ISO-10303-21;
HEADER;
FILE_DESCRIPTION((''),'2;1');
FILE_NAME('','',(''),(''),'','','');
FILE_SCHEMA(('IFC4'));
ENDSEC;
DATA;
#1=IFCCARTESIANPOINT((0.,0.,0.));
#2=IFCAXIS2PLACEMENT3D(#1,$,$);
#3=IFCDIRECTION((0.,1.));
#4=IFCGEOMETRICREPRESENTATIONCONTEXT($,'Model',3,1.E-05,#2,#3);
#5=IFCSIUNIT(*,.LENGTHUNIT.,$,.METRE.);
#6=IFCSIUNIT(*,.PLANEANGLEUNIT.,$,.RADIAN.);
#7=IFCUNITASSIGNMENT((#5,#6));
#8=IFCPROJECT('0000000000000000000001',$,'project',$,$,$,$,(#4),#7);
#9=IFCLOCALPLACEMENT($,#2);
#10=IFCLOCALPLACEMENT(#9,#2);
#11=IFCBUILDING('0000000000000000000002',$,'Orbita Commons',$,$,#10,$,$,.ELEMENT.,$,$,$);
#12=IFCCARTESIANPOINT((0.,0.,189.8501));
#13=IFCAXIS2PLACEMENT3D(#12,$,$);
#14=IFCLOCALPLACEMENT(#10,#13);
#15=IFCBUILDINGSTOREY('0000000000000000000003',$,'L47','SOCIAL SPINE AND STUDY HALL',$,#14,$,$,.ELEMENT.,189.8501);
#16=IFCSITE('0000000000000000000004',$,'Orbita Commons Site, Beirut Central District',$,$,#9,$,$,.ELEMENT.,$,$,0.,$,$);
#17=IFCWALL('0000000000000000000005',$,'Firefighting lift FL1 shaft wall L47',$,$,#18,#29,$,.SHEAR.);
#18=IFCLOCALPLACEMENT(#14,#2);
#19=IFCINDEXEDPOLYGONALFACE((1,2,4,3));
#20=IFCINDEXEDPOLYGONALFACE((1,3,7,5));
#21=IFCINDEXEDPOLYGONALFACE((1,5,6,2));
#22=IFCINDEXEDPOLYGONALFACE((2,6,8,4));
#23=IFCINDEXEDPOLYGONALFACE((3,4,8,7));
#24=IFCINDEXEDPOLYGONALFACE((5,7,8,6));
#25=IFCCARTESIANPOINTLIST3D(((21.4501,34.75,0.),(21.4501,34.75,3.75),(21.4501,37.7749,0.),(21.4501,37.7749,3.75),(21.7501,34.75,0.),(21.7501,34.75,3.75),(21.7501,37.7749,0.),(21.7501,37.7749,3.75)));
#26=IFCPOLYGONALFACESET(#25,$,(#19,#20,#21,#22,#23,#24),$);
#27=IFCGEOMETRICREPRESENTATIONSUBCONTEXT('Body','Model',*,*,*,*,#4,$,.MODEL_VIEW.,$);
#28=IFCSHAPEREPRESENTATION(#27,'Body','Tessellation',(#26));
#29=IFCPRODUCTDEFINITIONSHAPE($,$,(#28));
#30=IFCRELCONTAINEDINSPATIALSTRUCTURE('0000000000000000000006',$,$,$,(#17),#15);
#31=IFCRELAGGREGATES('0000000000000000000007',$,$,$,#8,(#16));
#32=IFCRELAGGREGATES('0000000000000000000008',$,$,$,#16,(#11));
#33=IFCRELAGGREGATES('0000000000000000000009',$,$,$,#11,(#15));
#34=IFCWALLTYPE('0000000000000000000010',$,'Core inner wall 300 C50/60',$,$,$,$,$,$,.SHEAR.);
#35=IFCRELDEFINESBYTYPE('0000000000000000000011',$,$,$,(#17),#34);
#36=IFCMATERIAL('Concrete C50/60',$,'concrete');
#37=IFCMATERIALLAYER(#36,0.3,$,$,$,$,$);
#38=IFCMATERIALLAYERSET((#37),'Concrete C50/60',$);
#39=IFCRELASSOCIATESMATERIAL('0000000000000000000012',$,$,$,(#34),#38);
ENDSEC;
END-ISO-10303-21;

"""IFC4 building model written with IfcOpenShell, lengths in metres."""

from ifc_helpers import new_model, si_unit, direction, frame, frame_2d, origin, place, context, subcontext, project, spatial, rectangle, extrude, material, layer, layer_set, type_object, element, save


model = new_model("IFC4")

# Units and contexts
model_context = context("Model", 3, precision=1e-05, world=origin(), true_north=direction((0.0, 1.0)))
body_context = subcontext(model_context, "Body", "Model", "MODEL_VIEW")
ifc_project = project(units=[si_unit("LENGTHUNIT", "METRE"), si_unit("PLANEANGLEUNIT", "RADIAN")], contexts=[model_context])

# Site, building, storey
site_placement = place(None, origin())
site = spatial("IfcSite", under=ifc_project, at=site_placement, Name="Orbita Commons Site, Beirut Central District", CompositionType="ELEMENT", RefElevation=0.0)
building_placement = place(site_placement, origin())
building = spatial("IfcBuilding", under=site, at=building_placement, Name="Orbita Commons", CompositionType="ELEMENT")
storey_placement = place(building_placement, frame((0.0, 0.0, 189.8501)))
storey = spatial("IfcBuildingStorey", under=building, at=storey_placement, Name="L47", Description="SOCIAL SPINE AND STUDY HALL", CompositionType="ELEMENT", Elevation=189.8501)

# Shared definitions
ifc_material_1 = material(Name="Concrete C50/60", Category="concrete")
ifc_layer = layer(ifc_material_1, 0.3)
ifc_layer_set = layer_set([ifc_layer], Name="Concrete C50/60")
wall_type = type_object("IfcWallType", Name="Core inner wall 300 C50/60", PredefinedType="SHEAR", material=ifc_layer_set)

# Wall
wall_1_placement = place(storey_placement, frame((21.6001, 34.75, 0.0), z_axis=(0.0, 0.0, 1.0), x_axis=(0.0, 1.0, 0.0)))
element("IfcWall", 1, at=wall_1_placement, inside=storey, type_object=wall_type, Name="Firefighting lift FL1 shaft wall L47", PredefinedType="SHEAR", context=body_context, shape_type="SweptSolid", body=[
    extrude(rectangle(XDim=3.0249, YDim=0.3, at=frame_2d((1.5125, 0.0))), origin(), (0.0, 0.0, 1.0), 3.75),
])

save(model, "model.ifc")
